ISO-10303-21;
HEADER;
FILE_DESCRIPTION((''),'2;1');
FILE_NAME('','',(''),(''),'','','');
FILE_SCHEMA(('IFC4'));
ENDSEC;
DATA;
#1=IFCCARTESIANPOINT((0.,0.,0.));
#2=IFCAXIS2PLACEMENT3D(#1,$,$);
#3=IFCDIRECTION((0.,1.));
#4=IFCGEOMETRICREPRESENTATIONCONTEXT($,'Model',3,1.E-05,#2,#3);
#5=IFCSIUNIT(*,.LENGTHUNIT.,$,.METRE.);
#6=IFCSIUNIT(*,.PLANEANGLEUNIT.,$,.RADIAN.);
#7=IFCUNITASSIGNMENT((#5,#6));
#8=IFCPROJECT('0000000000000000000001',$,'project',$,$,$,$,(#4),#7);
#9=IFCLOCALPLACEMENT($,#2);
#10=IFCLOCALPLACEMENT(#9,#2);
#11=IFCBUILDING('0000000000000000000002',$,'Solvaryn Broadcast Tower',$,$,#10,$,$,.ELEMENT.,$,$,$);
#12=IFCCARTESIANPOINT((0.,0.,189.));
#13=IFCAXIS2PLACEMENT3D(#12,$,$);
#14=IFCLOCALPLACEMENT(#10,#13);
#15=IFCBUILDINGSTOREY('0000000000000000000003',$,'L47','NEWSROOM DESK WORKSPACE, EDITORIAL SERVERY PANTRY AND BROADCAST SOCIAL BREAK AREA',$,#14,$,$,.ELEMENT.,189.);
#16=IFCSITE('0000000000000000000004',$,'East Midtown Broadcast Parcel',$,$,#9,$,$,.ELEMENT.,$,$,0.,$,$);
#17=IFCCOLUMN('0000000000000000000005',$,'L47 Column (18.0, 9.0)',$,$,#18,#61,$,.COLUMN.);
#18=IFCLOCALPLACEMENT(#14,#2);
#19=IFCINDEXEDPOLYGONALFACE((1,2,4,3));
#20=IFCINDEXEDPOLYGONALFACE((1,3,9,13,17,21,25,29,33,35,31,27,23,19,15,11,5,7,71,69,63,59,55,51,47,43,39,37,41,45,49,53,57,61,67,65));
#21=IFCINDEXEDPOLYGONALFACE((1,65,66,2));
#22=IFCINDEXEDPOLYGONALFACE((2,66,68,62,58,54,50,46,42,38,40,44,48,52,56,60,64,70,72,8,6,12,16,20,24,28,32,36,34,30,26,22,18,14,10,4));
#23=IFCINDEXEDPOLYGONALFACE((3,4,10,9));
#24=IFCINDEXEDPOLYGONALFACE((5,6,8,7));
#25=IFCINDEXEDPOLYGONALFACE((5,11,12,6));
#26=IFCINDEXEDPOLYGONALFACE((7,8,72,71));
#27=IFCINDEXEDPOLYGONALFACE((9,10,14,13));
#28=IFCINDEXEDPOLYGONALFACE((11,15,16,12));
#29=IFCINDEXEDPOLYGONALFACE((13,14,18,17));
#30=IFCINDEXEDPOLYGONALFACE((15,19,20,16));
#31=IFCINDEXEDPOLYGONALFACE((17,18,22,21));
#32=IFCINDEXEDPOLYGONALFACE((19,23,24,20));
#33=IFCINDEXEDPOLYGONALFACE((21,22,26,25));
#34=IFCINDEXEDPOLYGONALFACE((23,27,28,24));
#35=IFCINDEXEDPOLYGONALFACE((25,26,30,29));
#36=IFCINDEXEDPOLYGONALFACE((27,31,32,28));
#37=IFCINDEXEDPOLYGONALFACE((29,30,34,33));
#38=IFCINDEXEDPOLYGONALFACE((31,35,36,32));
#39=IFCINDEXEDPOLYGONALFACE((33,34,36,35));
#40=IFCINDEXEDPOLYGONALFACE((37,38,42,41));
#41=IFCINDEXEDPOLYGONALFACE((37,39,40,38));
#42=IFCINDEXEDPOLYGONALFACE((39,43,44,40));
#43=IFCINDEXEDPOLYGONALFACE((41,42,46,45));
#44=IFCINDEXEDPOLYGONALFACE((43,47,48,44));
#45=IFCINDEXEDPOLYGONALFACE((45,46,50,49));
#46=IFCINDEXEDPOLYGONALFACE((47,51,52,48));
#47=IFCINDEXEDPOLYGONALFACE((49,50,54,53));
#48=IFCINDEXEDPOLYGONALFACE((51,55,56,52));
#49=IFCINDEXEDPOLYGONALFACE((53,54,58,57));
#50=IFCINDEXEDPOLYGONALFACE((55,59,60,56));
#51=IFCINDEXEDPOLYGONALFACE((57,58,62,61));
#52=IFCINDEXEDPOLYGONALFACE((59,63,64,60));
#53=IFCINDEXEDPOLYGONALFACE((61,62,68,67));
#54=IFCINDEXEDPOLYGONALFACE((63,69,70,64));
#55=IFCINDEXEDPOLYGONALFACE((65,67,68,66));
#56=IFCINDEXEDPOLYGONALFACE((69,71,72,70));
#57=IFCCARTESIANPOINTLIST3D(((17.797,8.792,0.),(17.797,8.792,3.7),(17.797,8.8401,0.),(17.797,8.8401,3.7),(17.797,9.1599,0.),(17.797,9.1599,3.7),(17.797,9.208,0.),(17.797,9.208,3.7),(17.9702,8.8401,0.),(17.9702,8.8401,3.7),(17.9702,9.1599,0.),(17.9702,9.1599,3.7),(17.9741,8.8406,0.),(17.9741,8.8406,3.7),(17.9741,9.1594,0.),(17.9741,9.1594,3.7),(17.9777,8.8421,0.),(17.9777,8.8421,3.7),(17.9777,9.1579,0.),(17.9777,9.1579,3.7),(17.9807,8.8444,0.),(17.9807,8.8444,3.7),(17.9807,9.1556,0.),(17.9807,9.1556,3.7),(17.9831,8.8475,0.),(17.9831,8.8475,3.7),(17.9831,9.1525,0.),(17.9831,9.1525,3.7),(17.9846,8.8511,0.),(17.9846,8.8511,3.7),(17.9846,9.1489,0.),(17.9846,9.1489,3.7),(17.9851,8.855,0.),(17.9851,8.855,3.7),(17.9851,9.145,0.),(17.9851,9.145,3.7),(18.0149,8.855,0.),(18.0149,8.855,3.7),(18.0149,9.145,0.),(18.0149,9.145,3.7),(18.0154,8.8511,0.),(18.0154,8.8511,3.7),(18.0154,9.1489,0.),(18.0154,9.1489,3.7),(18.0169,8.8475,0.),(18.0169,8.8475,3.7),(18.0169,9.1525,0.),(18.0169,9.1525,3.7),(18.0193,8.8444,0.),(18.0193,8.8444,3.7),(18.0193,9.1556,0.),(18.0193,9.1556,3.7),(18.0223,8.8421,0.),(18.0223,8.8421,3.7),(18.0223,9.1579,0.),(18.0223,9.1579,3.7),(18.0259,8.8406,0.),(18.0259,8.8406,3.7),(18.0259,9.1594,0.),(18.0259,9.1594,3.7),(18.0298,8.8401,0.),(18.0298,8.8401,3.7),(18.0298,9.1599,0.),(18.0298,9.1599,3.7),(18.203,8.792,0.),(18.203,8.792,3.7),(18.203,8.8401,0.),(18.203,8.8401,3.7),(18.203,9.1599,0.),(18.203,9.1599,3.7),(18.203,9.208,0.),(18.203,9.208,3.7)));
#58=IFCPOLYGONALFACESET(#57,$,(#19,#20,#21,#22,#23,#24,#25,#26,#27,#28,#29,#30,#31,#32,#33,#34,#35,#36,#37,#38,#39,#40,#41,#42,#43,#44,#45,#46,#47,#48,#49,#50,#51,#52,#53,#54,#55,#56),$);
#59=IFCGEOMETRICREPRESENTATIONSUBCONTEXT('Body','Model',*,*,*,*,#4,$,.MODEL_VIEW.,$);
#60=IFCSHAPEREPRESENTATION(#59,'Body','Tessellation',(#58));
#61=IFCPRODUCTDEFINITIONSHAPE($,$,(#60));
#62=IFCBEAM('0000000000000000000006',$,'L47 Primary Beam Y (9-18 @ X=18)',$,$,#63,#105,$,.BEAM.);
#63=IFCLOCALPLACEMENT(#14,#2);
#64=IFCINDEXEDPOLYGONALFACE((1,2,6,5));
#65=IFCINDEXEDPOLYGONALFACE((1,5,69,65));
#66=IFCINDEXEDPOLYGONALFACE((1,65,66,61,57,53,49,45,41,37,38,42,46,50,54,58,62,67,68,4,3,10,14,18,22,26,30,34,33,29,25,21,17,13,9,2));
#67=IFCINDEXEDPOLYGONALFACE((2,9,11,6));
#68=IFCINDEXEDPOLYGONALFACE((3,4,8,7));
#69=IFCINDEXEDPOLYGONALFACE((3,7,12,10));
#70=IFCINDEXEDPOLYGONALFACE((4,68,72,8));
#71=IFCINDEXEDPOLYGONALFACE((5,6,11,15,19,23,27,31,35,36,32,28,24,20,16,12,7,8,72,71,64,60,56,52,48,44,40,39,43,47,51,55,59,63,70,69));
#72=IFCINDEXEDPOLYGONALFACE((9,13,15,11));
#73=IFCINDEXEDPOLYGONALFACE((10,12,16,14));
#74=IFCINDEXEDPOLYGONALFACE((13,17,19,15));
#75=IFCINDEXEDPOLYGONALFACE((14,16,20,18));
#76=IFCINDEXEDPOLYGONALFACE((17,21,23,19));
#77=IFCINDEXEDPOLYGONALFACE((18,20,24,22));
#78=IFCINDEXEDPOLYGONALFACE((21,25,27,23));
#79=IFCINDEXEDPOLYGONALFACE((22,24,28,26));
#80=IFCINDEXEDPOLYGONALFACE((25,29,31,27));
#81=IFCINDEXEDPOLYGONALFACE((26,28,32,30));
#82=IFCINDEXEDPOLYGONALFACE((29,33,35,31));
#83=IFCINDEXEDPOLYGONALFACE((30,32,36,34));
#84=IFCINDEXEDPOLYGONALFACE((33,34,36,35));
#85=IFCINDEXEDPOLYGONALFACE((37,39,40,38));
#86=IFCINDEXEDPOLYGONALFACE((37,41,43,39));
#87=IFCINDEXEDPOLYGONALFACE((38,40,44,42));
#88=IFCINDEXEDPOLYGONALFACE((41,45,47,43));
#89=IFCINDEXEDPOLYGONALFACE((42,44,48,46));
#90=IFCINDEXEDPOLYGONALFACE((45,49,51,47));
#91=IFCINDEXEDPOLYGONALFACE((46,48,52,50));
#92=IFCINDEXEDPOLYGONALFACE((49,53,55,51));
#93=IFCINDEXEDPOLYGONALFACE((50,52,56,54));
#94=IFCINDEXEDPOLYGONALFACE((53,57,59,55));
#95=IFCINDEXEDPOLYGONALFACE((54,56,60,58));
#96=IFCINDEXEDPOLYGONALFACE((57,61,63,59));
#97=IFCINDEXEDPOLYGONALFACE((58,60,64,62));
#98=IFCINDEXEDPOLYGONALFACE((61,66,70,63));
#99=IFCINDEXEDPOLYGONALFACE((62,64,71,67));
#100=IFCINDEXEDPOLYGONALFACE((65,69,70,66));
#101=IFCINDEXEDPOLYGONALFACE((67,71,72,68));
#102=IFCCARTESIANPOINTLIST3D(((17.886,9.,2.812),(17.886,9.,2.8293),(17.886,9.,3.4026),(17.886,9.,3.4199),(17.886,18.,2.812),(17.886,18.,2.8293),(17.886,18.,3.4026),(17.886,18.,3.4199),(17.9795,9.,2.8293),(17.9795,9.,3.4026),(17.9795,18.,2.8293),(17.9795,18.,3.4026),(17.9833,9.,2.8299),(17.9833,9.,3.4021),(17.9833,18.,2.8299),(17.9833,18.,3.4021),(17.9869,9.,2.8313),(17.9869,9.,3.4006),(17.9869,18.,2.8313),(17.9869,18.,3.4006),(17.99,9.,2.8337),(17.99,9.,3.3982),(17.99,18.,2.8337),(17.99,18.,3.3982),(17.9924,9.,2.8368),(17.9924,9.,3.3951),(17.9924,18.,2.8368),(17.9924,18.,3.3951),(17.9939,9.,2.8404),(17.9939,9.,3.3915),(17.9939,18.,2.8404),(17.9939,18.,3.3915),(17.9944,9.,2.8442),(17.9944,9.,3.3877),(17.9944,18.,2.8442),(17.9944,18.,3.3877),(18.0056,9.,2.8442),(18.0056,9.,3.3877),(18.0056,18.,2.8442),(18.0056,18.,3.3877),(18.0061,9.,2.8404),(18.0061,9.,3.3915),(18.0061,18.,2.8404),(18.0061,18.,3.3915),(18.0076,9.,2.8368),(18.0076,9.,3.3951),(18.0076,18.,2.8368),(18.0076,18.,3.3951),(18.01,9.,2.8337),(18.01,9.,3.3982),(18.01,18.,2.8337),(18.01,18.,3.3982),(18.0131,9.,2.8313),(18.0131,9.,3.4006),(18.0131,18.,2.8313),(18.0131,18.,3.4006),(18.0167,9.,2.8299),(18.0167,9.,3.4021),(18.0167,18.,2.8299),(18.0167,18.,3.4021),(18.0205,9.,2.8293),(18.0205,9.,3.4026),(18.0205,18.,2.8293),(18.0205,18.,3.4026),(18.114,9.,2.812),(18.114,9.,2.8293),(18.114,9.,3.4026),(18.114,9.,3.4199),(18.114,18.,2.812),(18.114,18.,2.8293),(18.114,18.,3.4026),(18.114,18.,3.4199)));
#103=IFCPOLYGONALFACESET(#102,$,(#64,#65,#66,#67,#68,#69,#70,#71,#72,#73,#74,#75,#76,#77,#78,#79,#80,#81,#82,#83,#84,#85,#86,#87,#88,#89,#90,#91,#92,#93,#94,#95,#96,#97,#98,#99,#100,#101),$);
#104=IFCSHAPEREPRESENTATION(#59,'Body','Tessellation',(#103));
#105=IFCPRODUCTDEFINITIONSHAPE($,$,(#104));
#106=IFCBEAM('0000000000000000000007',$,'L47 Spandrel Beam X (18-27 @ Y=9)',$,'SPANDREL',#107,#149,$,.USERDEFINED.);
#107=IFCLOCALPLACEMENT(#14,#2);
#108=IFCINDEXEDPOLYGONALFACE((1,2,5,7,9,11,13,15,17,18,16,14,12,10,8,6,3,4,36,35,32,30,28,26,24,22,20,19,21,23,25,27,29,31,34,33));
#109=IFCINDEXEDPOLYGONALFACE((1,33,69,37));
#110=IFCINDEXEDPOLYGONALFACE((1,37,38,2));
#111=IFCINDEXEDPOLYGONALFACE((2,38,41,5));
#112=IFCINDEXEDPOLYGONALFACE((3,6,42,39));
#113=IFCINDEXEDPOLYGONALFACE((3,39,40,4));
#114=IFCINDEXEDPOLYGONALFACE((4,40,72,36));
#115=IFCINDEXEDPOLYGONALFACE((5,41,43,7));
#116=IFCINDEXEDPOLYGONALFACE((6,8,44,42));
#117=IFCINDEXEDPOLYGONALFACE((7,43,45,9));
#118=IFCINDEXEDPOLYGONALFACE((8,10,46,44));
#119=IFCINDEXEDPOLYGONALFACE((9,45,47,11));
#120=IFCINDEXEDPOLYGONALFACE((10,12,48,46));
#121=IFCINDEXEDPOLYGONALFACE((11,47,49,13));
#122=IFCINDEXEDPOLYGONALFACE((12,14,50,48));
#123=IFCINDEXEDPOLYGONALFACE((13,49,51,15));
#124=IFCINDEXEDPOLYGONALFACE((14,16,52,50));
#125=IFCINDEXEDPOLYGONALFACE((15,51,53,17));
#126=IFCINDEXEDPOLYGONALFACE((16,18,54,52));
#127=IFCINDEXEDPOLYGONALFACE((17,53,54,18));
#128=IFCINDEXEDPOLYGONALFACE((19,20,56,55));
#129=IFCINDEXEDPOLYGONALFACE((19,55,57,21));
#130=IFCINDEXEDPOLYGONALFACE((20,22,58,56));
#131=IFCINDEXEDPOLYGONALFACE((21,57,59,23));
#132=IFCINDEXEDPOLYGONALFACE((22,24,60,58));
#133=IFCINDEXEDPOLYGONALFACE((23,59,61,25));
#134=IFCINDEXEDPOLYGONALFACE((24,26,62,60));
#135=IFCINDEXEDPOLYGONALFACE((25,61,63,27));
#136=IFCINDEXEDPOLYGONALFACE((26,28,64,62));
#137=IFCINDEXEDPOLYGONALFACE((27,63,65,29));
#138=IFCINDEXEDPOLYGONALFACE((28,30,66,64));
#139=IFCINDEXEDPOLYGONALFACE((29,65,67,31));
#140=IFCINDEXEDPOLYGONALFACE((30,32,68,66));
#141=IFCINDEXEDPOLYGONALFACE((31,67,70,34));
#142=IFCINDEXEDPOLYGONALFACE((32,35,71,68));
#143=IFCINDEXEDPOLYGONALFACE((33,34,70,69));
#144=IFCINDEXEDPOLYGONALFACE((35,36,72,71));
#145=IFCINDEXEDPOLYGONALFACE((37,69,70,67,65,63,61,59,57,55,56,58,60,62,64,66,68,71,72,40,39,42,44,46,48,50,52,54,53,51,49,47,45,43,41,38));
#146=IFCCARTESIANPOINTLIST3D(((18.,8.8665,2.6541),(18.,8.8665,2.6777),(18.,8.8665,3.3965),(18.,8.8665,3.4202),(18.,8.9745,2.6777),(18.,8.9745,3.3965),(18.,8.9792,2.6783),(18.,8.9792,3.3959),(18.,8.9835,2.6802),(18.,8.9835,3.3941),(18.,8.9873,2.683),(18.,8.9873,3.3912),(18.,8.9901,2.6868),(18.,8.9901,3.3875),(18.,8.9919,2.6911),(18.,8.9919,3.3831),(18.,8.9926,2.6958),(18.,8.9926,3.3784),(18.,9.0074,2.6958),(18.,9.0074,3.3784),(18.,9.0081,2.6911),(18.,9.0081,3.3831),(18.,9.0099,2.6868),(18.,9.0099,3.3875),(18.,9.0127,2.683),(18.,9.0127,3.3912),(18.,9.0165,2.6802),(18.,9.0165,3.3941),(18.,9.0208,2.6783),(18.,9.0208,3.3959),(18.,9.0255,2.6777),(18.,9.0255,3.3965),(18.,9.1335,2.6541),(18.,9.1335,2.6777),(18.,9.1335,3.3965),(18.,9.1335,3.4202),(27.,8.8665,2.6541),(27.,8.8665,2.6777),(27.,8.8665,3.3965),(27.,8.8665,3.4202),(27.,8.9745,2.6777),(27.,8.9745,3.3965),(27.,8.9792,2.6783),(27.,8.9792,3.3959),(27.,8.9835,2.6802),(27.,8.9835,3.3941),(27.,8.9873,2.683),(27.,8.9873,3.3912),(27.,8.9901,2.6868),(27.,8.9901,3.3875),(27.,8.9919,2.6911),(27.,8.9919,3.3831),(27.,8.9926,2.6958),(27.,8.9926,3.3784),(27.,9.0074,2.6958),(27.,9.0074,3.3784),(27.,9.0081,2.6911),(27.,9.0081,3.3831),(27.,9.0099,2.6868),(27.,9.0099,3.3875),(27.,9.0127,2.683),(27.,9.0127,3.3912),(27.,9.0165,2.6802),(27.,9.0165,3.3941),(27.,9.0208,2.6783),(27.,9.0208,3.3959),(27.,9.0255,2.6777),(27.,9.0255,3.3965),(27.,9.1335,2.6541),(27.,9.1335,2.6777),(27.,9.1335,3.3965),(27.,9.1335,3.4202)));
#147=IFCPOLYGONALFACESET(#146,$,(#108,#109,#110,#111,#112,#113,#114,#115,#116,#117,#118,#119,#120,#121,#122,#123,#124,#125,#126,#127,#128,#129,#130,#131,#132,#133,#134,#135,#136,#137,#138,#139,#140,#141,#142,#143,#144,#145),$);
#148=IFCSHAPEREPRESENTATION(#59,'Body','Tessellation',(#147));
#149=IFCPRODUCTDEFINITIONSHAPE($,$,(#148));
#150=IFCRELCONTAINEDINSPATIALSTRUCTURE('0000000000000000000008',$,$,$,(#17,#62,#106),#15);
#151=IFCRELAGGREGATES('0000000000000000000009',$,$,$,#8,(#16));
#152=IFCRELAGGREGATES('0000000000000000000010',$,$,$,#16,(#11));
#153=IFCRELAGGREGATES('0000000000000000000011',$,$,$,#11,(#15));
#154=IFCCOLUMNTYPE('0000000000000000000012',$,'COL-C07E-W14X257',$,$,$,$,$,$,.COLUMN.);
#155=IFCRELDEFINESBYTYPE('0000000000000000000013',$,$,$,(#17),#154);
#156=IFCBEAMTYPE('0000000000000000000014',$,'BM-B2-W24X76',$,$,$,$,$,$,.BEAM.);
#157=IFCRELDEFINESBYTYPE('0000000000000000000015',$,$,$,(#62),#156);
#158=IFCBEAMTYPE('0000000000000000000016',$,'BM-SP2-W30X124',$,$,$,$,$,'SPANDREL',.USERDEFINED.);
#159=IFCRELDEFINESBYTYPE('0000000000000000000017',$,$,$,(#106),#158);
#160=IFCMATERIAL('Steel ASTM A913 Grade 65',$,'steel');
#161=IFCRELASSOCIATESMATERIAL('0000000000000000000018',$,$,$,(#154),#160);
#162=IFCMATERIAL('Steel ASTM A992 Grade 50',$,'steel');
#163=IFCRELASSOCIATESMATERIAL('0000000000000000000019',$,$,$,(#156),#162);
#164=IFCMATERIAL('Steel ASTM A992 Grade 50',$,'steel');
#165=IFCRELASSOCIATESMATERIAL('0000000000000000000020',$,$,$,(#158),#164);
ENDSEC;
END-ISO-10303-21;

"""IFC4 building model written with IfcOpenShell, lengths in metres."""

from ifc_helpers import new_model, si_unit, direction, frame, origin, origin_2d, place, context, subcontext, project, spatial, i_section, extrude, material, material_profile, profile_set, type_object, element, save


model = new_model("IFC4")

# Units and contexts
model_context = context("Model", 3, precision=1e-05, world=origin(), true_north=direction((0.0, 1.0)))
body_context = subcontext(model_context, "Body", "Model", "MODEL_VIEW")
ifc_project = project(units=[si_unit("LENGTHUNIT", "METRE"), si_unit("PLANEANGLEUNIT", "RADIAN")], contexts=[model_context])

# Site, building, storey
site_placement = place(None, origin())
site = spatial("IfcSite", under=ifc_project, at=site_placement, Name="East Midtown Broadcast Parcel", CompositionType="ELEMENT", RefElevation=0.0)
building_placement = place(site_placement, origin())
building = spatial("IfcBuilding", under=site, at=building_placement, Name="Solvaryn Broadcast Tower", CompositionType="ELEMENT")
storey_placement = place(building_placement, frame((0.0, 0.0, 189.0)))
storey = spatial("IfcBuildingStorey", under=building, at=storey_placement, Name="L47", Description="NEWSROOM DESK WORKSPACE, EDITORIAL SERVERY PANTRY AND BROADCAST SOCIAL BREAK AREA", CompositionType="ELEMENT", Elevation=189.0)

# Column
ifc_material_1 = material(Name="Steel ASTM A913 Grade 65", Category="steel")
ifc_material_profile_1 = material_profile(ifc_material_1, i_section(OverallWidth=0.406, OverallDepth=0.416, WebThickness=0.0298, FlangeThickness=0.0481, FilletRadius=0.0149, at=origin_2d()))
ifc_profile_set_1 = profile_set([ifc_material_profile_1], Name="Steel ASTM A913 Grade 65")
column_type = type_object("IfcColumnType", Name="COL-C07E-W14X257", PredefinedType="COLUMN", material=ifc_profile_set_1)
column_placement = place(storey_placement, frame((18.0, 9.0, 0.0), z_axis=(0.0, 0.0, 1.0), x_axis=(1.0, 0.0, 0.0)))
element("IfcColumn", 1, at=column_placement, inside=storey, type_object=column_type, Name="L47 Column (18.0, 9.0)", PredefinedType="COLUMN", context=body_context, shape_type="SweptSolid", body=[
    extrude(i_section(OverallWidth=0.406, OverallDepth=0.416, WebThickness=0.0298, FlangeThickness=0.0481, FilletRadius=0.0149, at=origin_2d()), origin(), (0.0, 0.0, 1.0), 3.7),
])

# Beams
ifc_material_2 = material(Name="Steel ASTM A992 Grade 50", Category="steel")
ifc_material_profile_2 = material_profile(ifc_material_2, i_section(OverallWidth=0.228, OverallDepth=0.6079, WebThickness=0.0112, FlangeThickness=0.0173, FilletRadius=0.0149, at=origin_2d()))
ifc_profile_set_2 = profile_set([ifc_material_profile_2], Name="Steel ASTM A992 Grade 50")
beam_type_1 = type_object("IfcBeamType", Name="BM-B2-W24X76", PredefinedType="BEAM", material=ifc_profile_set_2)
beam_1_placement = place(storey_placement, frame((18.0, 9.0, 3.116), z_axis=(0.0, 1.0, 0.0), x_axis=(-1.0, 0.0, 0.0)))
element("IfcBeam", 2, at=beam_1_placement, inside=storey, type_object=beam_type_1, Name="L47 Primary Beam Y (9-18 @ X=18)", PredefinedType="BEAM", context=body_context, shape_type="SweptSolid", body=[
    extrude(i_section(OverallWidth=0.228, OverallDepth=0.6079, WebThickness=0.0112, FlangeThickness=0.0173, FilletRadius=0.0149, at=origin_2d()), origin(), (0.0, 0.0, 1.0), 9.0),
])
ifc_material_3 = material(Name="Steel ASTM A992 Grade 50", Category="steel")
ifc_material_profile_3 = material_profile(ifc_material_3, i_section(OverallWidth=0.2671, OverallDepth=0.7661, WebThickness=0.0149, FlangeThickness=0.0237, FilletRadius=0.0181, at=origin_2d()))
ifc_profile_set_3 = profile_set([ifc_material_profile_3], Name="Steel ASTM A992 Grade 50")
beam_type_2 = type_object("IfcBeamType", Name="BM-SP2-W30X124", ElementType="SPANDREL", PredefinedType="USERDEFINED", material=ifc_profile_set_3)
beam_2_placement = place(storey_placement, frame((18.0, 9.0, 3.0371), z_axis=(1.0, 0.0, 0.0), x_axis=(0.0, 1.0, 0.0)))
element("IfcBeam", 3, at=beam_2_placement, inside=storey, type_object=beam_type_2, Name="L47 Spandrel Beam X (18-27 @ Y=9)", ObjectType="SPANDREL", PredefinedType="USERDEFINED", context=body_context, shape_type="SweptSolid", body=[
    extrude(i_section(OverallWidth=0.2671, OverallDepth=0.7661, WebThickness=0.0149, FlangeThickness=0.0237, FilletRadius=0.0181, at=origin_2d()), origin(), (0.0, 0.0, 1.0), 9.0),
])

save(model, "model.ifc")
